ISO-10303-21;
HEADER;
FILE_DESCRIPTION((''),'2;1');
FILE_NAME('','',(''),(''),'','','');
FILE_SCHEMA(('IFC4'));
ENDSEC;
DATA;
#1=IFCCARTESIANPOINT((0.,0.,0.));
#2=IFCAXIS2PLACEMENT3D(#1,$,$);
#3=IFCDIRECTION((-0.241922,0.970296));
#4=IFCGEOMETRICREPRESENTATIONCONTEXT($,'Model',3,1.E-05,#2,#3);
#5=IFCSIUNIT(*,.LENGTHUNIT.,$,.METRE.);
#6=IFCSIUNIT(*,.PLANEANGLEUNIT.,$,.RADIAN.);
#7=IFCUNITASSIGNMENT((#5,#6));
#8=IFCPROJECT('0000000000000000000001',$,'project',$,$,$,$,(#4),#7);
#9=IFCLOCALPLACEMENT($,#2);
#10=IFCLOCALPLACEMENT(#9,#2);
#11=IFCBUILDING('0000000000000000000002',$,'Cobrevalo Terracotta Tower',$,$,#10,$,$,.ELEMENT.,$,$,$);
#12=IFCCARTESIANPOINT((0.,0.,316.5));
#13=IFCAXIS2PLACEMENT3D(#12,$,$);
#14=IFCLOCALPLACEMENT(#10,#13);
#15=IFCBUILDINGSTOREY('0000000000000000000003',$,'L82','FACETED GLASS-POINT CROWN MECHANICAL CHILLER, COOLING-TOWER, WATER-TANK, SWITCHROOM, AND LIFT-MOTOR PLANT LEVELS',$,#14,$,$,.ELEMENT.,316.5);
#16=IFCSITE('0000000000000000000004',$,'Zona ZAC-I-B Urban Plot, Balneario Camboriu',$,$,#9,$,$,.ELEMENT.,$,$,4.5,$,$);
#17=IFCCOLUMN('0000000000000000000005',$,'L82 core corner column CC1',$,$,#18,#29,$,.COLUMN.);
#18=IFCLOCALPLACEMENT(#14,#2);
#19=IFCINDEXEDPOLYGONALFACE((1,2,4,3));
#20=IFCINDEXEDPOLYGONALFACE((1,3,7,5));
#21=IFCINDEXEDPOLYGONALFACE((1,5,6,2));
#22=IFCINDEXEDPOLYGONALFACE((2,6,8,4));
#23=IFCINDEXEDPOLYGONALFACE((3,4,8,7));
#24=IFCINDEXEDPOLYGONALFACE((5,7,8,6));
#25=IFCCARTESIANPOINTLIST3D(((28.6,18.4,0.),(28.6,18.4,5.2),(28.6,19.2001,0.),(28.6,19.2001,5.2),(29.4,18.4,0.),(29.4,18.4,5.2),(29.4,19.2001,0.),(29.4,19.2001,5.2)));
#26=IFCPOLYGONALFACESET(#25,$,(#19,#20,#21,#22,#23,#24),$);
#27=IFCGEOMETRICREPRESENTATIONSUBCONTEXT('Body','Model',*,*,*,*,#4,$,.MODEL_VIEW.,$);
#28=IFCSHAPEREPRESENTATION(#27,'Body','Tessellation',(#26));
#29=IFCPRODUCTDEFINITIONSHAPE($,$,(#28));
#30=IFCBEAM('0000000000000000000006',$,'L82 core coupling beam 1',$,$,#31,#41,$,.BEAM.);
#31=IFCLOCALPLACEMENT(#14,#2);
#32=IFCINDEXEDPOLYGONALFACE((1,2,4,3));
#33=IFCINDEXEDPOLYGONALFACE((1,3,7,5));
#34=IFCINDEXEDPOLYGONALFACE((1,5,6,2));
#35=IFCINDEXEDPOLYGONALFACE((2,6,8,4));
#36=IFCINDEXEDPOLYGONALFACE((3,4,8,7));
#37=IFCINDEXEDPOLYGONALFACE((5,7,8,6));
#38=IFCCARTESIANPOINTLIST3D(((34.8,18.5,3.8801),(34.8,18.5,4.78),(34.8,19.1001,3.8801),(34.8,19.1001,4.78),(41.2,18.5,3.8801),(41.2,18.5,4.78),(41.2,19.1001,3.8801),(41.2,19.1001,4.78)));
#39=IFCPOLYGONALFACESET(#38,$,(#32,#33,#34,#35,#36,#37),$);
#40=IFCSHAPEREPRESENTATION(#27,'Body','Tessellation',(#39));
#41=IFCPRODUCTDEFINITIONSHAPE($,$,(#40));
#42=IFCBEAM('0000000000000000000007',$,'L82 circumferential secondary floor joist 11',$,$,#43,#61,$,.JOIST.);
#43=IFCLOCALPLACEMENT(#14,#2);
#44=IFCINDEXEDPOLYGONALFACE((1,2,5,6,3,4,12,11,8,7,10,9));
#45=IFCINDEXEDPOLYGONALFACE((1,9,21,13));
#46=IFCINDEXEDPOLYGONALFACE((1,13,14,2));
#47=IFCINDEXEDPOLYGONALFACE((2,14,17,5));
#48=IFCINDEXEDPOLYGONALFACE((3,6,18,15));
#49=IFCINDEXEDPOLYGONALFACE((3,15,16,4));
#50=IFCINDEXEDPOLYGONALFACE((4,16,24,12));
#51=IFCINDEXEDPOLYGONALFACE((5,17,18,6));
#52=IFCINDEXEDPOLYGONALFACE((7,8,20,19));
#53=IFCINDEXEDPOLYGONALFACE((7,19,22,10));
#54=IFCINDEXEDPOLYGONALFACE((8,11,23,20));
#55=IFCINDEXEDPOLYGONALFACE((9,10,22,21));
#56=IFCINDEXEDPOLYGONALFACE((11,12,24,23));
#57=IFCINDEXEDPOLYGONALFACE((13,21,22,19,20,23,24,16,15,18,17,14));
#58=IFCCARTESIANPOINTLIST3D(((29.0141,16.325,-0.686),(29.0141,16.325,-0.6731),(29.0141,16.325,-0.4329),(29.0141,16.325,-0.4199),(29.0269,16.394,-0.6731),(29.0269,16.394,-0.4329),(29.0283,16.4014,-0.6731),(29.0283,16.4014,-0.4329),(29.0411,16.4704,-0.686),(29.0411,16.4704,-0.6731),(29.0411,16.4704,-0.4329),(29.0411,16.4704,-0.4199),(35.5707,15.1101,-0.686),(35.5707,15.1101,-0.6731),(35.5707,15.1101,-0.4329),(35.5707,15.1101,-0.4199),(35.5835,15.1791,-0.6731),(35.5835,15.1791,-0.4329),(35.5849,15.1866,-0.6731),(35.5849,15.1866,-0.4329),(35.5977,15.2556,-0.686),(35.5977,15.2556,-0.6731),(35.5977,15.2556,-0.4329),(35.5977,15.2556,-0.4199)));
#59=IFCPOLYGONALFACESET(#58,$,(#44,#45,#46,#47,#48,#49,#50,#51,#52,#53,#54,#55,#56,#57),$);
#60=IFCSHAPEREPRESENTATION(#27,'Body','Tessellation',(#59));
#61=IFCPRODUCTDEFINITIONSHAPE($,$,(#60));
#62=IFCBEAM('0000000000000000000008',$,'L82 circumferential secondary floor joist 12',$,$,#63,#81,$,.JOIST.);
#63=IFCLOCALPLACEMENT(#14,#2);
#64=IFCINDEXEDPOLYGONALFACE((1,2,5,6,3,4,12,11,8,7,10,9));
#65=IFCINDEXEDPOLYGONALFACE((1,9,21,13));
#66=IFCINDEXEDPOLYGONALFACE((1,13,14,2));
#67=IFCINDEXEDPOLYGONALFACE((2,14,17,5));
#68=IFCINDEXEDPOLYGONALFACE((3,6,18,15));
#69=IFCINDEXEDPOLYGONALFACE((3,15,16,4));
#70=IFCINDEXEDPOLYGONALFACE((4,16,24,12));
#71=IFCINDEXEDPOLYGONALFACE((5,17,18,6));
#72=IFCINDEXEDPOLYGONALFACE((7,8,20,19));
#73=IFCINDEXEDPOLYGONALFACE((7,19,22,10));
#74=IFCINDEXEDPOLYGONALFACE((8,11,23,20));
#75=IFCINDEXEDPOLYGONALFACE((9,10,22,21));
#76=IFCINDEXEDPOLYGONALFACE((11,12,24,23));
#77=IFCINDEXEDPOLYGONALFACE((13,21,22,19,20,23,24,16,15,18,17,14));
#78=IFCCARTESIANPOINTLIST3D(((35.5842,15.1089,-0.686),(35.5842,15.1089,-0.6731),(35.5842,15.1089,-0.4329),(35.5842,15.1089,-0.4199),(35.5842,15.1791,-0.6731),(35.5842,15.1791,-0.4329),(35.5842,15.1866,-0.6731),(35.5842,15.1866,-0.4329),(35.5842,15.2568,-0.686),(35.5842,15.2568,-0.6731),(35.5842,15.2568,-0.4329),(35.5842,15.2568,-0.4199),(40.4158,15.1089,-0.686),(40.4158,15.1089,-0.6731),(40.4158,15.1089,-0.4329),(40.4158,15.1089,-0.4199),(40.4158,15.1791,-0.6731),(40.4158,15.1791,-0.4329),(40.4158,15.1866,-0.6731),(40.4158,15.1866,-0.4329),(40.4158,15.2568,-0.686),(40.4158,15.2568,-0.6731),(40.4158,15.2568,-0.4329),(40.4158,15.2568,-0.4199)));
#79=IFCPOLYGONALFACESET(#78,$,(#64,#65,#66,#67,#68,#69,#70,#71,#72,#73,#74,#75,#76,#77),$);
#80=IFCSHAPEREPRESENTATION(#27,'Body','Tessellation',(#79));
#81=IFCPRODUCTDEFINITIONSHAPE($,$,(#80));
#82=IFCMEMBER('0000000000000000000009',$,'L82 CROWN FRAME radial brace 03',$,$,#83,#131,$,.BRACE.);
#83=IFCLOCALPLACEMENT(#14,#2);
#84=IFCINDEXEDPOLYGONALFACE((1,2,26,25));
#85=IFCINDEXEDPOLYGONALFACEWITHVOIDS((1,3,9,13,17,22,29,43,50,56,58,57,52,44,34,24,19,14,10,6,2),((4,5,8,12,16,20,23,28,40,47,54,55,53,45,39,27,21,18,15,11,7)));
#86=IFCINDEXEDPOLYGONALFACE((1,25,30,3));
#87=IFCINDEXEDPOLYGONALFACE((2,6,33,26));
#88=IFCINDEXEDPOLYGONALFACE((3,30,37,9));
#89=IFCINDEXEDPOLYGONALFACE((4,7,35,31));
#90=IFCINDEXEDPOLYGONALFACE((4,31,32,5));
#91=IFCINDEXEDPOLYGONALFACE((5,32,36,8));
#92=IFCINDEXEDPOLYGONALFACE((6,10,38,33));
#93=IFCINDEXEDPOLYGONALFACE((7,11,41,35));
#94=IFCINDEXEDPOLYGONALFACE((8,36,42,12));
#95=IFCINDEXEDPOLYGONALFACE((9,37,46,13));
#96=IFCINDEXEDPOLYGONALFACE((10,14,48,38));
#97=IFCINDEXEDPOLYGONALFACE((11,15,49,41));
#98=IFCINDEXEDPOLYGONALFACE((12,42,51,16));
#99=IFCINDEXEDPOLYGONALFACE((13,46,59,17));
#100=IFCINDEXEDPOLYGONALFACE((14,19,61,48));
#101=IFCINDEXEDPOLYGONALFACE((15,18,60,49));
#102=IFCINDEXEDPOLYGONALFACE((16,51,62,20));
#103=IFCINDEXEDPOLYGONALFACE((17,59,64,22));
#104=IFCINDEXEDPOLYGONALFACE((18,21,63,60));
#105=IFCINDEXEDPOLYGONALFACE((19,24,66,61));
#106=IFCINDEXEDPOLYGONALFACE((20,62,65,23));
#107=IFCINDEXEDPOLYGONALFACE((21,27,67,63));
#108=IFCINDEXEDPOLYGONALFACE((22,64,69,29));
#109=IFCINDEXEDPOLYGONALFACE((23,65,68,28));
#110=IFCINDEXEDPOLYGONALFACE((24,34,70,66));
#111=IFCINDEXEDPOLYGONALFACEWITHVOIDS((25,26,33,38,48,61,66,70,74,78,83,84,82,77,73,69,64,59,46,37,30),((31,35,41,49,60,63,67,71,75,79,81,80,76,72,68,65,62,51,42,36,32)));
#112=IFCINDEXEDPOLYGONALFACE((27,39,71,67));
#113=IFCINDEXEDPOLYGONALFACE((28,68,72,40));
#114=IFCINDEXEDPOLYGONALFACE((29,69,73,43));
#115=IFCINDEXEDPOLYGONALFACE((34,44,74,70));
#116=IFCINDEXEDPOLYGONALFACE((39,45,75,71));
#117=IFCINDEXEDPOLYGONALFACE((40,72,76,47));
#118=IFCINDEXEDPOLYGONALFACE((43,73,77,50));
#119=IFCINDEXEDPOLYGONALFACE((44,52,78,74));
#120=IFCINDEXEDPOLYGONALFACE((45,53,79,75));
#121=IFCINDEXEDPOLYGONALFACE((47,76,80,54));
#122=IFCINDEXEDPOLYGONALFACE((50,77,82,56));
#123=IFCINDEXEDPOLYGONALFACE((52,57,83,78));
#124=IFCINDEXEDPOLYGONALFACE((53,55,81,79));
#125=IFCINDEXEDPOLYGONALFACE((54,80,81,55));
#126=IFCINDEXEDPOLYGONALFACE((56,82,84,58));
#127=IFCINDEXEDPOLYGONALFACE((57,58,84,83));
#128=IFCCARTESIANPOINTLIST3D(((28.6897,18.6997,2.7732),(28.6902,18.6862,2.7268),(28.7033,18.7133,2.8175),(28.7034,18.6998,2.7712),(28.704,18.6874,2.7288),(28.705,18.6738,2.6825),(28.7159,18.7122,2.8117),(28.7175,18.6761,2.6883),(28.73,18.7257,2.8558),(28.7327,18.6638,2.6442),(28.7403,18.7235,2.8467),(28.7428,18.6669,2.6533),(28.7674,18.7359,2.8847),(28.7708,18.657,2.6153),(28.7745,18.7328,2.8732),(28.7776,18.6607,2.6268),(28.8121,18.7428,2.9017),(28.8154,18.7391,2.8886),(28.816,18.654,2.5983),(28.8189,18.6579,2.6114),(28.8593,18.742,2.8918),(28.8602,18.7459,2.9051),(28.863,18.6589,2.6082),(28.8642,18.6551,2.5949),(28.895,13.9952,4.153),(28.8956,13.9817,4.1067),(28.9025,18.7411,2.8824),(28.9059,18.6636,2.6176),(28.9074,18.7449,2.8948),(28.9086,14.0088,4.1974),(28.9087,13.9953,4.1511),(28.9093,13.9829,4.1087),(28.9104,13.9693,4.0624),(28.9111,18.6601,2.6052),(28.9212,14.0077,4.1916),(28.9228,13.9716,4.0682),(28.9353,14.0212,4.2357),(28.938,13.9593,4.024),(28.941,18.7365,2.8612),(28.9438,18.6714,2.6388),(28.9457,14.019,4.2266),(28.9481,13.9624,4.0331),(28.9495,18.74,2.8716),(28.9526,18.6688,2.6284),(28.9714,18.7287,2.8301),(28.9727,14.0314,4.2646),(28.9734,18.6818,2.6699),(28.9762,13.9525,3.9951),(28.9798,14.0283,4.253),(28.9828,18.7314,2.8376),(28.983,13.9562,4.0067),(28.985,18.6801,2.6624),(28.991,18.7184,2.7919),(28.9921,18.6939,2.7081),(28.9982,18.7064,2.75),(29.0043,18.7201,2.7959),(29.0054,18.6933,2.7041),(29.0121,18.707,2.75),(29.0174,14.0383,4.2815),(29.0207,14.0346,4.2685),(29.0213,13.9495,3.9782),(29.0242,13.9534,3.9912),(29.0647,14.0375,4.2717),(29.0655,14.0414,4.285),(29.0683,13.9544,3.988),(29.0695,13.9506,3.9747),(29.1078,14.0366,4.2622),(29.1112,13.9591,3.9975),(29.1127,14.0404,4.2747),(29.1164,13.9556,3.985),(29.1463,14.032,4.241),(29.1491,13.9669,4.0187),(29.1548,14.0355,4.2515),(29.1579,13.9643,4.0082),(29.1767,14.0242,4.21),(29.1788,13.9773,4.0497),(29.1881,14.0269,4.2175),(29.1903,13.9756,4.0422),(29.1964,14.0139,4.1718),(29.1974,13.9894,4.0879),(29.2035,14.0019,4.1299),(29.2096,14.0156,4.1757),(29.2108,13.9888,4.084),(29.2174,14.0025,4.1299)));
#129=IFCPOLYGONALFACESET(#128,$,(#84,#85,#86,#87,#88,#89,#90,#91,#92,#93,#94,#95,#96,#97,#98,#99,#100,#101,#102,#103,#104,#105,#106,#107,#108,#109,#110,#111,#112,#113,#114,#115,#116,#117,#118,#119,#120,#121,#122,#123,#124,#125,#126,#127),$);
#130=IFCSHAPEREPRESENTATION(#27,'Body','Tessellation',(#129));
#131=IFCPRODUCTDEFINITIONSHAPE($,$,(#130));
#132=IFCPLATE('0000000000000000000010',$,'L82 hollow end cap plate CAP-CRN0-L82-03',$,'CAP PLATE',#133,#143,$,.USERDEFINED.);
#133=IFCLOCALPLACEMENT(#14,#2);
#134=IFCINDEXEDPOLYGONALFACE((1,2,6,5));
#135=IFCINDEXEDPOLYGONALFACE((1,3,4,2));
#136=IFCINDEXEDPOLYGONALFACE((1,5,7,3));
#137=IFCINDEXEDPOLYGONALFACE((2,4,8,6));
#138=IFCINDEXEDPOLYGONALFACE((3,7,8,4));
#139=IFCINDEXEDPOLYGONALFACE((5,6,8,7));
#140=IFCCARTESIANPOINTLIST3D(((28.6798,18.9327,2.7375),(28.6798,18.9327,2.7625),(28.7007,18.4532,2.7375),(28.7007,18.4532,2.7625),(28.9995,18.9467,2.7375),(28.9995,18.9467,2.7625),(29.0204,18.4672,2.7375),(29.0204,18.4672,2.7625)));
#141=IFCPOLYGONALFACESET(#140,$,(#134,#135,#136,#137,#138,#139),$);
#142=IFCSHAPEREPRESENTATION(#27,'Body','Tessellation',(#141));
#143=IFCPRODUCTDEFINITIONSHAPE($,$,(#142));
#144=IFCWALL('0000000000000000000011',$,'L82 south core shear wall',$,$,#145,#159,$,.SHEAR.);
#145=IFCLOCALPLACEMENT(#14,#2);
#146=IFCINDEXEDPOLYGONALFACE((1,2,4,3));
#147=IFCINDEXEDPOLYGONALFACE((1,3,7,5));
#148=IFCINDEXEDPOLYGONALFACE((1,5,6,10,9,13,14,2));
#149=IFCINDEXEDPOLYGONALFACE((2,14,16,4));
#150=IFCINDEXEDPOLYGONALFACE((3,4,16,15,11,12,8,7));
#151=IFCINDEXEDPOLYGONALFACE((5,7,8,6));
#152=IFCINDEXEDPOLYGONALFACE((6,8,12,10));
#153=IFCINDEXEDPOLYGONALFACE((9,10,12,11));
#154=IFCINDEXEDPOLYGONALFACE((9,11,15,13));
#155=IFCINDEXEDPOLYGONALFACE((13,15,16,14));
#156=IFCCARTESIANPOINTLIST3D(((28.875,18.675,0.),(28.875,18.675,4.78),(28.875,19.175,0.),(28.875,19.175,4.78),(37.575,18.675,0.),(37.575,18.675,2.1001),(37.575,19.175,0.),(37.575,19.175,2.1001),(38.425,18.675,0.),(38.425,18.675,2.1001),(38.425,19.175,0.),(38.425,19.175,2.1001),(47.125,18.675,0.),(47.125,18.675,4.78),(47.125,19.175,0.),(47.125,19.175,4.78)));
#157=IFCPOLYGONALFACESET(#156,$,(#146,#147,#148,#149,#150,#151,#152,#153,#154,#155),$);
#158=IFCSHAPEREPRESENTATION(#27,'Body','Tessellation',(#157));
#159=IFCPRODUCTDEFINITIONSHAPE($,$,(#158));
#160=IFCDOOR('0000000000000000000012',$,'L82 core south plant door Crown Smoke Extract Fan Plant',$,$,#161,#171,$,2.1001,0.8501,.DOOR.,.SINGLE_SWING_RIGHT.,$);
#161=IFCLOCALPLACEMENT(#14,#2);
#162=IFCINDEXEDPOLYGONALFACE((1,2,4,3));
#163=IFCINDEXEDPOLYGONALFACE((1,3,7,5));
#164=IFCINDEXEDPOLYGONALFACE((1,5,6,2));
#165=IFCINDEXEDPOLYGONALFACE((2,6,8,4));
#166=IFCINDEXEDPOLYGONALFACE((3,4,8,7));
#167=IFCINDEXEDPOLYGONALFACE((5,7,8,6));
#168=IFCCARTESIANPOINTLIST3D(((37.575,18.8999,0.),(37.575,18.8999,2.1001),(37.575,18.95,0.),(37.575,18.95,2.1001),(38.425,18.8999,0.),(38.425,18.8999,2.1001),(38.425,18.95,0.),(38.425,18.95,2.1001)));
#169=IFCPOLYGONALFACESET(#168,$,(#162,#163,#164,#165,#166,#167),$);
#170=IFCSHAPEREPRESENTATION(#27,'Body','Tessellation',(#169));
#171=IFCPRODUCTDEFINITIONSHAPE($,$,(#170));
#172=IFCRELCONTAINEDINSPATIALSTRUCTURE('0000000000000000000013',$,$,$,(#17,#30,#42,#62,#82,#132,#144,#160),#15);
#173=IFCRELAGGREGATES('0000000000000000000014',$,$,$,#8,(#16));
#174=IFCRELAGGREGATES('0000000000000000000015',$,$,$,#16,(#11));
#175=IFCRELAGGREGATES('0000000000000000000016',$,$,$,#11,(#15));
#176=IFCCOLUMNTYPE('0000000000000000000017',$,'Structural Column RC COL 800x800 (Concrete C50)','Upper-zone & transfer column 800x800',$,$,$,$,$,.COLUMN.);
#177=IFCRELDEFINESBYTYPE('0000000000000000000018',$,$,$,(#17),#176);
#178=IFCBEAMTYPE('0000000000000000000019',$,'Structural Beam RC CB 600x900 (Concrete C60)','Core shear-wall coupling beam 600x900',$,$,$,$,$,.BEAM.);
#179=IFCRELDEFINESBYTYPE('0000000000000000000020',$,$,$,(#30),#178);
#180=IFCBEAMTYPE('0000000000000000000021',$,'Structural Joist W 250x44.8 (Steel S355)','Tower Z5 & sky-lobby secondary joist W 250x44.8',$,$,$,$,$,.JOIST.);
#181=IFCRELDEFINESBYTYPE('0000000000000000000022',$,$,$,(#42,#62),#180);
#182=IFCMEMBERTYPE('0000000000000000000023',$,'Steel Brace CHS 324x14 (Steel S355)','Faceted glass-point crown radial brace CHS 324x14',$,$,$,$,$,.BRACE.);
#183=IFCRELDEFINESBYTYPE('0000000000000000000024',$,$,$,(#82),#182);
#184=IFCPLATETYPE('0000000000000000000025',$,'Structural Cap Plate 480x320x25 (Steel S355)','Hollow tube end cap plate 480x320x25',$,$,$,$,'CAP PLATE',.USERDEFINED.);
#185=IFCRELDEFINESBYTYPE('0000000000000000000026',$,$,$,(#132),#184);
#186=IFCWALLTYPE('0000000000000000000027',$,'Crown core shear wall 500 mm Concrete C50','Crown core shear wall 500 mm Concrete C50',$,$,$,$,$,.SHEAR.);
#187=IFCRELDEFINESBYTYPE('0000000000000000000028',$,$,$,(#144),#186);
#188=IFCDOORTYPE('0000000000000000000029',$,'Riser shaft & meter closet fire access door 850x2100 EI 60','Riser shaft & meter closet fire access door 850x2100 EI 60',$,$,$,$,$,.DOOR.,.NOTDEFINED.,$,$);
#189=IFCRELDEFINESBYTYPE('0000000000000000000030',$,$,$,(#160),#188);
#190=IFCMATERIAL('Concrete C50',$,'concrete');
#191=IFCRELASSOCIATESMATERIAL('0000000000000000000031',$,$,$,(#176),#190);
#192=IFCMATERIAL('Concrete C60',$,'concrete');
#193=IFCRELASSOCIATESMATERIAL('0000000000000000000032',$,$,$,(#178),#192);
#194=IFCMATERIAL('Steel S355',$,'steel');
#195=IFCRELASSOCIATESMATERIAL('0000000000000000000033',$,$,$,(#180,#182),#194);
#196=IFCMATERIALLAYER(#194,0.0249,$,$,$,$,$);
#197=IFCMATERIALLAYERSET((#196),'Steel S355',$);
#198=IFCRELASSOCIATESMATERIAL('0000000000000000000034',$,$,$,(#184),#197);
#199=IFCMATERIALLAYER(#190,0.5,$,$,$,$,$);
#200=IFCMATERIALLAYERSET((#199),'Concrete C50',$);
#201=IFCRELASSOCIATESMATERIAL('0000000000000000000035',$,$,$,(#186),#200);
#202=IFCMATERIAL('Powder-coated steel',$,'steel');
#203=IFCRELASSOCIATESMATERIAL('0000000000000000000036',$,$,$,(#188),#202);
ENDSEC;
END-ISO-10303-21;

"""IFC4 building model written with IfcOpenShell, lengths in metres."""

from ifc_helpers import new_model, si_unit, direction, frame, frame_2d, origin, origin_2d, place, context, subcontext, project, spatial, rectangle, hollow_circle, i_section, extrude, source, transform, mapped, material, layer, layer_set, material_profile, profile_set, type_object, element, fill, save


model = new_model("IFC4")

# Units and contexts
model_context = context("Model", 3, precision=1e-05, world=origin(), true_north=direction((-0.241922, 0.970296)))
body_context = subcontext(model_context, "Body", "Model", "MODEL_VIEW")
ifc_project = project(units=[si_unit("LENGTHUNIT", "METRE"), si_unit("PLANEANGLEUNIT", "RADIAN")], contexts=[model_context])

# Site, building, storey
site_placement = place(None, origin())
site = spatial("IfcSite", under=ifc_project, at=site_placement, Name="Zona ZAC-I-B Urban Plot, Balneario Camboriu", CompositionType="ELEMENT", RefElevation=4.5)
building_placement = place(site_placement, origin())
building = spatial("IfcBuilding", under=site, at=building_placement, Name="Cobrevalo Terracotta Tower", CompositionType="ELEMENT")
storey_placement = place(building_placement, frame((0.0, 0.0, 316.5)))
storey = spatial("IfcBuildingStorey", under=building, at=storey_placement, Name="L82", Description="FACETED GLASS-POINT CROWN MECHANICAL CHILLER, COOLING-TOWER, WATER-TANK, SWITCHROOM, AND LIFT-MOTOR PLANT LEVELS", CompositionType="ELEMENT", Elevation=316.5)

# Column
ifc_material_1 = material(Name="Concrete C50", Category="concrete")
ifc_material_profile_1 = material_profile(ifc_material_1, rectangle(XDim=0.8, YDim=0.8, at=origin_2d()), Name="RC COL 800x800")
ifc_profile_set_1 = profile_set([ifc_material_profile_1], Name="Concrete C50")
column_type = type_object("IfcColumnType", Name="Structural Column RC COL 800x800 (Concrete C50)", Description="Upper-zone & transfer column 800x800", PredefinedType="COLUMN", material=ifc_profile_set_1)
column_placement = place(storey_placement, frame((29.0, 18.8, 0.0), z_axis=(0.0, 0.0, 1.0), x_axis=(1.0, 0.0, 0.0)))
element("IfcColumn", 1, at=column_placement, inside=storey, type_object=column_type, Name="L82 core corner column CC1", PredefinedType="COLUMN", context=body_context, shape_type="SweptSolid", body=[
    extrude(rectangle(XDim=0.8, YDim=0.8, at=origin_2d()), origin(), (0.0, 0.0, 1.0), 5.2),
])

# Beams
ifc_material_2 = material(Name="Concrete C60", Category="concrete")
ifc_material_profile_2 = material_profile(ifc_material_2, rectangle(XDim=0.6001, YDim=0.8999, at=origin_2d()), Name="RC CB 600x900")
ifc_profile_set_2 = profile_set([ifc_material_profile_2], Name="Concrete C60")
beam_type_1 = type_object("IfcBeamType", Name="Structural Beam RC CB 600x900 (Concrete C60)", Description="Core shear-wall coupling beam 600x900", PredefinedType="BEAM", material=ifc_profile_set_2)
beam_1_placement = place(storey_placement, frame((34.8, 18.8, 4.3301), z_axis=(1.0, 0.0, 0.0), x_axis=(0.0, 1.0, 0.0)))
element("IfcBeam", 2, at=beam_1_placement, inside=storey, type_object=beam_type_1, Name="L82 core coupling beam 1", PredefinedType="BEAM", context=body_context, shape_type="SweptSolid", body=[
    extrude(rectangle(XDim=0.6001, YDim=0.8999, at=origin_2d()), origin(), (0.0, 0.0, 1.0), 6.3999),
])
ifc_material_3 = material(Name="Steel S355", Category="steel")
ifc_material_profile_3 = material_profile(ifc_material_3, i_section(OverallWidth=0.1479, OverallDepth=0.2661, WebThickness=0.0076, FlangeThickness=0.0129, at=origin_2d()), Name="W 250x44.8")
ifc_profile_set_3 = profile_set([ifc_material_profile_3], Name="Steel S355")
beam_type_2 = type_object("IfcBeamType", Name="Structural Joist W 250x44.8 (Steel S355)", Description="Tower Z5 & sky-lobby secondary joist W 250x44.8", PredefinedType="JOIST", material=ifc_profile_set_3)
beam_2_placement = place(storey_placement, frame((29.0276, 16.3977, -0.553), z_axis=(0.983265, -0.182184, 0.0), x_axis=(0.182184, 0.983265, 0.0)))
element("IfcBeam", 3, at=beam_2_placement, inside=storey, type_object=beam_type_2, Name="L82 circumferential secondary floor joist 11", PredefinedType="JOIST", context=body_context, shape_type="SweptSolid", body=[
    extrude(i_section(OverallWidth=0.1479, OverallDepth=0.2661, WebThickness=0.0076, FlangeThickness=0.0129, at=origin_2d()), origin(), (0.0, 0.0, 1.0), 6.6682),
])
beam_3_placement = place(storey_placement, frame((35.5842, 15.1829, -0.553), z_axis=(1.0, 0.0, 0.0), x_axis=(0.0, 1.0, 0.0)))
element("IfcBeam", 4, at=beam_3_placement, inside=storey, type_object=beam_type_2, Name="L82 circumferential secondary floor joist 12", PredefinedType="JOIST", context=body_context, shape_type="SweptSolid", body=[
    extrude(i_section(OverallWidth=0.1479, OverallDepth=0.2661, WebThickness=0.0076, FlangeThickness=0.0129, at=origin_2d()), origin(), (0.0, 0.0, 1.0), 4.8315),
])

# Member
ifc_material_profile_4 = material_profile(ifc_material_3, hollow_circle(Radius=0.1621, WallThickness=0.0139, at=origin_2d()), Name="CHS 324x14")
ifc_profile_set_4 = profile_set([ifc_material_profile_4], Name="Steel S355")
member_type = type_object("IfcMemberType", Name="Steel Brace CHS 324x14 (Steel S355)", Description="Faceted glass-point crown radial brace CHS 324x14", PredefinedType="BRACE", material=ifc_profile_set_4)
shared_shape_1 = source(origin(), body_context, "Body", "SweptSolid", [
    extrude(hollow_circle(Radius=0.1621, WallThickness=0.0139, at=origin_2d()), origin(), (0.0, 0.0, 1.0), 4.907),
])
member_placement = place(storey_placement, frame((28.8501, 18.7, 2.75), z_axis=(0.041842, -0.958736, 0.281203), x_axis=(0.999049, 0.043601, 0.0)))
element("IfcMember", 5, at=member_placement, inside=storey, type_object=member_type, Name="L82 CROWN FRAME radial brace 03", PredefinedType="BRACE", context=body_context, shape_type="MappedRepresentation", body=[
    mapped(shared_shape_1, transform((0.0, 0.0, 0.0), scale=1.0)),
])

# Plate
ifc_layer_1 = layer(ifc_material_3, 0.0249)
ifc_layer_set_1 = layer_set([ifc_layer_1], Name="Steel S355")
plate_type = type_object("IfcPlateType", Name="Structural Cap Plate 480x320x25 (Steel S355)", Description="Hollow tube end cap plate 480x320x25", ElementType="CAP PLATE", PredefinedType="USERDEFINED", material=ifc_layer_set_1)
shared_shape_2 = source(origin(), body_context, "Body", "SweptSolid", [
    extrude(rectangle(XDim=0.48, YDim=0.3201, at=origin_2d()), origin(), (0.0, 0.0, 1.0), 0.0249),
])
plate_placement = place(storey_placement, frame((28.8501, 18.7, 2.7375), z_axis=(0.0, 0.0, 1.0), x_axis=(0.0436, -0.999049, 0.0)))
element("IfcPlate", 6, at=plate_placement, inside=storey, type_object=plate_type, Name="L82 hollow end cap plate CAP-CRN0-L82-03", ObjectType="CAP PLATE", PredefinedType="USERDEFINED", context=body_context, shape_type="MappedRepresentation", body=[
    mapped(shared_shape_2, transform((0.0, 0.0, 0.0), scale=1.0)),
])

# Wall, opening, door
ifc_layer_2 = layer(ifc_material_1, 0.5)
ifc_layer_set_2 = layer_set([ifc_layer_2], Name="Concrete C50")
wall_type_1 = type_object("IfcWallType", Name="Crown core shear wall 500 mm Concrete C50", Description="Crown core shear wall 500 mm Concrete C50", PredefinedType="SHEAR", material=ifc_layer_set_2)
wall_1_placement = place(storey_placement, frame((28.875, 18.925, 0.0), z_axis=(0.0, 0.0, 1.0), x_axis=(1.0, 0.0, 0.0)))
wall_1 = element("IfcWall", 7, at=wall_1_placement, inside=storey, type_object=wall_type_1, Name="L82 south core shear wall", PredefinedType="SHEAR", context=body_context, shape_type="SweptSolid", body=[
    extrude(rectangle(XDim=18.25, YDim=0.5, at=frame_2d((9.125, 0.0))), origin(), (0.0, 0.0, 1.0), 4.78),
])
opening_1_placement = place(wall_1_placement, frame((8.7, 0.0, 0.0)))
opening_1 = element("IfcOpeningElement", 8, at=opening_1_placement, cuts=wall_1, PredefinedType="OPENING", context=body_context, shape_type="SweptSolid", body=[
    extrude(rectangle(XDim=0.8501, YDim=2.1001, at=frame_2d((0.425, 1.05))), frame((0.0, 0.26, 0.0), z_axis=(0.0, -1.0, 0.0), x_axis=(1.0, 0.0, 0.0)), (0.0, 0.0, 1.0), 0.52),
])
ifc_material_4 = material(Name="Powder-coated steel", Category="steel")
door_type_1 = type_object("IfcDoorType", Name="Riser shaft & meter closet fire access door 850x2100 EI 60", Description="Riser shaft & meter closet fire access door 850x2100 EI 60", OperationType="NOTDEFINED", PredefinedType="DOOR", material=ifc_material_4)
shared_shape_3 = source(origin(), body_context, "Body", "SweptSolid", [
    extrude(rectangle(XDim=0.8501, YDim=2.1001, at=frame_2d((0.425, 1.05))), frame((0.0, 0.0249, 0.0), z_axis=(0.0, -1.0, 0.0), x_axis=(1.0, 0.0, 0.0)), (0.0, 0.0, 1.0), 0.05),
])
door_1_placement = place(opening_1_placement, origin())
door_1 = element("IfcDoor", 9, at=door_1_placement, inside=storey, type_object=door_type_1, Name="L82 core south plant door Crown Smoke Extract Fan Plant", OperationType="SINGLE_SWING_RIGHT", OverallHeight=2.1001, OverallWidth=0.8501, PredefinedType="DOOR", context=body_context, shape_type="MappedRepresentation", body=[
    mapped(shared_shape_3, transform((0.0, 0.0, 0.0), scale=1.0)),
])
fill(opening_1, door_1)

save(model, "model.ifc")
